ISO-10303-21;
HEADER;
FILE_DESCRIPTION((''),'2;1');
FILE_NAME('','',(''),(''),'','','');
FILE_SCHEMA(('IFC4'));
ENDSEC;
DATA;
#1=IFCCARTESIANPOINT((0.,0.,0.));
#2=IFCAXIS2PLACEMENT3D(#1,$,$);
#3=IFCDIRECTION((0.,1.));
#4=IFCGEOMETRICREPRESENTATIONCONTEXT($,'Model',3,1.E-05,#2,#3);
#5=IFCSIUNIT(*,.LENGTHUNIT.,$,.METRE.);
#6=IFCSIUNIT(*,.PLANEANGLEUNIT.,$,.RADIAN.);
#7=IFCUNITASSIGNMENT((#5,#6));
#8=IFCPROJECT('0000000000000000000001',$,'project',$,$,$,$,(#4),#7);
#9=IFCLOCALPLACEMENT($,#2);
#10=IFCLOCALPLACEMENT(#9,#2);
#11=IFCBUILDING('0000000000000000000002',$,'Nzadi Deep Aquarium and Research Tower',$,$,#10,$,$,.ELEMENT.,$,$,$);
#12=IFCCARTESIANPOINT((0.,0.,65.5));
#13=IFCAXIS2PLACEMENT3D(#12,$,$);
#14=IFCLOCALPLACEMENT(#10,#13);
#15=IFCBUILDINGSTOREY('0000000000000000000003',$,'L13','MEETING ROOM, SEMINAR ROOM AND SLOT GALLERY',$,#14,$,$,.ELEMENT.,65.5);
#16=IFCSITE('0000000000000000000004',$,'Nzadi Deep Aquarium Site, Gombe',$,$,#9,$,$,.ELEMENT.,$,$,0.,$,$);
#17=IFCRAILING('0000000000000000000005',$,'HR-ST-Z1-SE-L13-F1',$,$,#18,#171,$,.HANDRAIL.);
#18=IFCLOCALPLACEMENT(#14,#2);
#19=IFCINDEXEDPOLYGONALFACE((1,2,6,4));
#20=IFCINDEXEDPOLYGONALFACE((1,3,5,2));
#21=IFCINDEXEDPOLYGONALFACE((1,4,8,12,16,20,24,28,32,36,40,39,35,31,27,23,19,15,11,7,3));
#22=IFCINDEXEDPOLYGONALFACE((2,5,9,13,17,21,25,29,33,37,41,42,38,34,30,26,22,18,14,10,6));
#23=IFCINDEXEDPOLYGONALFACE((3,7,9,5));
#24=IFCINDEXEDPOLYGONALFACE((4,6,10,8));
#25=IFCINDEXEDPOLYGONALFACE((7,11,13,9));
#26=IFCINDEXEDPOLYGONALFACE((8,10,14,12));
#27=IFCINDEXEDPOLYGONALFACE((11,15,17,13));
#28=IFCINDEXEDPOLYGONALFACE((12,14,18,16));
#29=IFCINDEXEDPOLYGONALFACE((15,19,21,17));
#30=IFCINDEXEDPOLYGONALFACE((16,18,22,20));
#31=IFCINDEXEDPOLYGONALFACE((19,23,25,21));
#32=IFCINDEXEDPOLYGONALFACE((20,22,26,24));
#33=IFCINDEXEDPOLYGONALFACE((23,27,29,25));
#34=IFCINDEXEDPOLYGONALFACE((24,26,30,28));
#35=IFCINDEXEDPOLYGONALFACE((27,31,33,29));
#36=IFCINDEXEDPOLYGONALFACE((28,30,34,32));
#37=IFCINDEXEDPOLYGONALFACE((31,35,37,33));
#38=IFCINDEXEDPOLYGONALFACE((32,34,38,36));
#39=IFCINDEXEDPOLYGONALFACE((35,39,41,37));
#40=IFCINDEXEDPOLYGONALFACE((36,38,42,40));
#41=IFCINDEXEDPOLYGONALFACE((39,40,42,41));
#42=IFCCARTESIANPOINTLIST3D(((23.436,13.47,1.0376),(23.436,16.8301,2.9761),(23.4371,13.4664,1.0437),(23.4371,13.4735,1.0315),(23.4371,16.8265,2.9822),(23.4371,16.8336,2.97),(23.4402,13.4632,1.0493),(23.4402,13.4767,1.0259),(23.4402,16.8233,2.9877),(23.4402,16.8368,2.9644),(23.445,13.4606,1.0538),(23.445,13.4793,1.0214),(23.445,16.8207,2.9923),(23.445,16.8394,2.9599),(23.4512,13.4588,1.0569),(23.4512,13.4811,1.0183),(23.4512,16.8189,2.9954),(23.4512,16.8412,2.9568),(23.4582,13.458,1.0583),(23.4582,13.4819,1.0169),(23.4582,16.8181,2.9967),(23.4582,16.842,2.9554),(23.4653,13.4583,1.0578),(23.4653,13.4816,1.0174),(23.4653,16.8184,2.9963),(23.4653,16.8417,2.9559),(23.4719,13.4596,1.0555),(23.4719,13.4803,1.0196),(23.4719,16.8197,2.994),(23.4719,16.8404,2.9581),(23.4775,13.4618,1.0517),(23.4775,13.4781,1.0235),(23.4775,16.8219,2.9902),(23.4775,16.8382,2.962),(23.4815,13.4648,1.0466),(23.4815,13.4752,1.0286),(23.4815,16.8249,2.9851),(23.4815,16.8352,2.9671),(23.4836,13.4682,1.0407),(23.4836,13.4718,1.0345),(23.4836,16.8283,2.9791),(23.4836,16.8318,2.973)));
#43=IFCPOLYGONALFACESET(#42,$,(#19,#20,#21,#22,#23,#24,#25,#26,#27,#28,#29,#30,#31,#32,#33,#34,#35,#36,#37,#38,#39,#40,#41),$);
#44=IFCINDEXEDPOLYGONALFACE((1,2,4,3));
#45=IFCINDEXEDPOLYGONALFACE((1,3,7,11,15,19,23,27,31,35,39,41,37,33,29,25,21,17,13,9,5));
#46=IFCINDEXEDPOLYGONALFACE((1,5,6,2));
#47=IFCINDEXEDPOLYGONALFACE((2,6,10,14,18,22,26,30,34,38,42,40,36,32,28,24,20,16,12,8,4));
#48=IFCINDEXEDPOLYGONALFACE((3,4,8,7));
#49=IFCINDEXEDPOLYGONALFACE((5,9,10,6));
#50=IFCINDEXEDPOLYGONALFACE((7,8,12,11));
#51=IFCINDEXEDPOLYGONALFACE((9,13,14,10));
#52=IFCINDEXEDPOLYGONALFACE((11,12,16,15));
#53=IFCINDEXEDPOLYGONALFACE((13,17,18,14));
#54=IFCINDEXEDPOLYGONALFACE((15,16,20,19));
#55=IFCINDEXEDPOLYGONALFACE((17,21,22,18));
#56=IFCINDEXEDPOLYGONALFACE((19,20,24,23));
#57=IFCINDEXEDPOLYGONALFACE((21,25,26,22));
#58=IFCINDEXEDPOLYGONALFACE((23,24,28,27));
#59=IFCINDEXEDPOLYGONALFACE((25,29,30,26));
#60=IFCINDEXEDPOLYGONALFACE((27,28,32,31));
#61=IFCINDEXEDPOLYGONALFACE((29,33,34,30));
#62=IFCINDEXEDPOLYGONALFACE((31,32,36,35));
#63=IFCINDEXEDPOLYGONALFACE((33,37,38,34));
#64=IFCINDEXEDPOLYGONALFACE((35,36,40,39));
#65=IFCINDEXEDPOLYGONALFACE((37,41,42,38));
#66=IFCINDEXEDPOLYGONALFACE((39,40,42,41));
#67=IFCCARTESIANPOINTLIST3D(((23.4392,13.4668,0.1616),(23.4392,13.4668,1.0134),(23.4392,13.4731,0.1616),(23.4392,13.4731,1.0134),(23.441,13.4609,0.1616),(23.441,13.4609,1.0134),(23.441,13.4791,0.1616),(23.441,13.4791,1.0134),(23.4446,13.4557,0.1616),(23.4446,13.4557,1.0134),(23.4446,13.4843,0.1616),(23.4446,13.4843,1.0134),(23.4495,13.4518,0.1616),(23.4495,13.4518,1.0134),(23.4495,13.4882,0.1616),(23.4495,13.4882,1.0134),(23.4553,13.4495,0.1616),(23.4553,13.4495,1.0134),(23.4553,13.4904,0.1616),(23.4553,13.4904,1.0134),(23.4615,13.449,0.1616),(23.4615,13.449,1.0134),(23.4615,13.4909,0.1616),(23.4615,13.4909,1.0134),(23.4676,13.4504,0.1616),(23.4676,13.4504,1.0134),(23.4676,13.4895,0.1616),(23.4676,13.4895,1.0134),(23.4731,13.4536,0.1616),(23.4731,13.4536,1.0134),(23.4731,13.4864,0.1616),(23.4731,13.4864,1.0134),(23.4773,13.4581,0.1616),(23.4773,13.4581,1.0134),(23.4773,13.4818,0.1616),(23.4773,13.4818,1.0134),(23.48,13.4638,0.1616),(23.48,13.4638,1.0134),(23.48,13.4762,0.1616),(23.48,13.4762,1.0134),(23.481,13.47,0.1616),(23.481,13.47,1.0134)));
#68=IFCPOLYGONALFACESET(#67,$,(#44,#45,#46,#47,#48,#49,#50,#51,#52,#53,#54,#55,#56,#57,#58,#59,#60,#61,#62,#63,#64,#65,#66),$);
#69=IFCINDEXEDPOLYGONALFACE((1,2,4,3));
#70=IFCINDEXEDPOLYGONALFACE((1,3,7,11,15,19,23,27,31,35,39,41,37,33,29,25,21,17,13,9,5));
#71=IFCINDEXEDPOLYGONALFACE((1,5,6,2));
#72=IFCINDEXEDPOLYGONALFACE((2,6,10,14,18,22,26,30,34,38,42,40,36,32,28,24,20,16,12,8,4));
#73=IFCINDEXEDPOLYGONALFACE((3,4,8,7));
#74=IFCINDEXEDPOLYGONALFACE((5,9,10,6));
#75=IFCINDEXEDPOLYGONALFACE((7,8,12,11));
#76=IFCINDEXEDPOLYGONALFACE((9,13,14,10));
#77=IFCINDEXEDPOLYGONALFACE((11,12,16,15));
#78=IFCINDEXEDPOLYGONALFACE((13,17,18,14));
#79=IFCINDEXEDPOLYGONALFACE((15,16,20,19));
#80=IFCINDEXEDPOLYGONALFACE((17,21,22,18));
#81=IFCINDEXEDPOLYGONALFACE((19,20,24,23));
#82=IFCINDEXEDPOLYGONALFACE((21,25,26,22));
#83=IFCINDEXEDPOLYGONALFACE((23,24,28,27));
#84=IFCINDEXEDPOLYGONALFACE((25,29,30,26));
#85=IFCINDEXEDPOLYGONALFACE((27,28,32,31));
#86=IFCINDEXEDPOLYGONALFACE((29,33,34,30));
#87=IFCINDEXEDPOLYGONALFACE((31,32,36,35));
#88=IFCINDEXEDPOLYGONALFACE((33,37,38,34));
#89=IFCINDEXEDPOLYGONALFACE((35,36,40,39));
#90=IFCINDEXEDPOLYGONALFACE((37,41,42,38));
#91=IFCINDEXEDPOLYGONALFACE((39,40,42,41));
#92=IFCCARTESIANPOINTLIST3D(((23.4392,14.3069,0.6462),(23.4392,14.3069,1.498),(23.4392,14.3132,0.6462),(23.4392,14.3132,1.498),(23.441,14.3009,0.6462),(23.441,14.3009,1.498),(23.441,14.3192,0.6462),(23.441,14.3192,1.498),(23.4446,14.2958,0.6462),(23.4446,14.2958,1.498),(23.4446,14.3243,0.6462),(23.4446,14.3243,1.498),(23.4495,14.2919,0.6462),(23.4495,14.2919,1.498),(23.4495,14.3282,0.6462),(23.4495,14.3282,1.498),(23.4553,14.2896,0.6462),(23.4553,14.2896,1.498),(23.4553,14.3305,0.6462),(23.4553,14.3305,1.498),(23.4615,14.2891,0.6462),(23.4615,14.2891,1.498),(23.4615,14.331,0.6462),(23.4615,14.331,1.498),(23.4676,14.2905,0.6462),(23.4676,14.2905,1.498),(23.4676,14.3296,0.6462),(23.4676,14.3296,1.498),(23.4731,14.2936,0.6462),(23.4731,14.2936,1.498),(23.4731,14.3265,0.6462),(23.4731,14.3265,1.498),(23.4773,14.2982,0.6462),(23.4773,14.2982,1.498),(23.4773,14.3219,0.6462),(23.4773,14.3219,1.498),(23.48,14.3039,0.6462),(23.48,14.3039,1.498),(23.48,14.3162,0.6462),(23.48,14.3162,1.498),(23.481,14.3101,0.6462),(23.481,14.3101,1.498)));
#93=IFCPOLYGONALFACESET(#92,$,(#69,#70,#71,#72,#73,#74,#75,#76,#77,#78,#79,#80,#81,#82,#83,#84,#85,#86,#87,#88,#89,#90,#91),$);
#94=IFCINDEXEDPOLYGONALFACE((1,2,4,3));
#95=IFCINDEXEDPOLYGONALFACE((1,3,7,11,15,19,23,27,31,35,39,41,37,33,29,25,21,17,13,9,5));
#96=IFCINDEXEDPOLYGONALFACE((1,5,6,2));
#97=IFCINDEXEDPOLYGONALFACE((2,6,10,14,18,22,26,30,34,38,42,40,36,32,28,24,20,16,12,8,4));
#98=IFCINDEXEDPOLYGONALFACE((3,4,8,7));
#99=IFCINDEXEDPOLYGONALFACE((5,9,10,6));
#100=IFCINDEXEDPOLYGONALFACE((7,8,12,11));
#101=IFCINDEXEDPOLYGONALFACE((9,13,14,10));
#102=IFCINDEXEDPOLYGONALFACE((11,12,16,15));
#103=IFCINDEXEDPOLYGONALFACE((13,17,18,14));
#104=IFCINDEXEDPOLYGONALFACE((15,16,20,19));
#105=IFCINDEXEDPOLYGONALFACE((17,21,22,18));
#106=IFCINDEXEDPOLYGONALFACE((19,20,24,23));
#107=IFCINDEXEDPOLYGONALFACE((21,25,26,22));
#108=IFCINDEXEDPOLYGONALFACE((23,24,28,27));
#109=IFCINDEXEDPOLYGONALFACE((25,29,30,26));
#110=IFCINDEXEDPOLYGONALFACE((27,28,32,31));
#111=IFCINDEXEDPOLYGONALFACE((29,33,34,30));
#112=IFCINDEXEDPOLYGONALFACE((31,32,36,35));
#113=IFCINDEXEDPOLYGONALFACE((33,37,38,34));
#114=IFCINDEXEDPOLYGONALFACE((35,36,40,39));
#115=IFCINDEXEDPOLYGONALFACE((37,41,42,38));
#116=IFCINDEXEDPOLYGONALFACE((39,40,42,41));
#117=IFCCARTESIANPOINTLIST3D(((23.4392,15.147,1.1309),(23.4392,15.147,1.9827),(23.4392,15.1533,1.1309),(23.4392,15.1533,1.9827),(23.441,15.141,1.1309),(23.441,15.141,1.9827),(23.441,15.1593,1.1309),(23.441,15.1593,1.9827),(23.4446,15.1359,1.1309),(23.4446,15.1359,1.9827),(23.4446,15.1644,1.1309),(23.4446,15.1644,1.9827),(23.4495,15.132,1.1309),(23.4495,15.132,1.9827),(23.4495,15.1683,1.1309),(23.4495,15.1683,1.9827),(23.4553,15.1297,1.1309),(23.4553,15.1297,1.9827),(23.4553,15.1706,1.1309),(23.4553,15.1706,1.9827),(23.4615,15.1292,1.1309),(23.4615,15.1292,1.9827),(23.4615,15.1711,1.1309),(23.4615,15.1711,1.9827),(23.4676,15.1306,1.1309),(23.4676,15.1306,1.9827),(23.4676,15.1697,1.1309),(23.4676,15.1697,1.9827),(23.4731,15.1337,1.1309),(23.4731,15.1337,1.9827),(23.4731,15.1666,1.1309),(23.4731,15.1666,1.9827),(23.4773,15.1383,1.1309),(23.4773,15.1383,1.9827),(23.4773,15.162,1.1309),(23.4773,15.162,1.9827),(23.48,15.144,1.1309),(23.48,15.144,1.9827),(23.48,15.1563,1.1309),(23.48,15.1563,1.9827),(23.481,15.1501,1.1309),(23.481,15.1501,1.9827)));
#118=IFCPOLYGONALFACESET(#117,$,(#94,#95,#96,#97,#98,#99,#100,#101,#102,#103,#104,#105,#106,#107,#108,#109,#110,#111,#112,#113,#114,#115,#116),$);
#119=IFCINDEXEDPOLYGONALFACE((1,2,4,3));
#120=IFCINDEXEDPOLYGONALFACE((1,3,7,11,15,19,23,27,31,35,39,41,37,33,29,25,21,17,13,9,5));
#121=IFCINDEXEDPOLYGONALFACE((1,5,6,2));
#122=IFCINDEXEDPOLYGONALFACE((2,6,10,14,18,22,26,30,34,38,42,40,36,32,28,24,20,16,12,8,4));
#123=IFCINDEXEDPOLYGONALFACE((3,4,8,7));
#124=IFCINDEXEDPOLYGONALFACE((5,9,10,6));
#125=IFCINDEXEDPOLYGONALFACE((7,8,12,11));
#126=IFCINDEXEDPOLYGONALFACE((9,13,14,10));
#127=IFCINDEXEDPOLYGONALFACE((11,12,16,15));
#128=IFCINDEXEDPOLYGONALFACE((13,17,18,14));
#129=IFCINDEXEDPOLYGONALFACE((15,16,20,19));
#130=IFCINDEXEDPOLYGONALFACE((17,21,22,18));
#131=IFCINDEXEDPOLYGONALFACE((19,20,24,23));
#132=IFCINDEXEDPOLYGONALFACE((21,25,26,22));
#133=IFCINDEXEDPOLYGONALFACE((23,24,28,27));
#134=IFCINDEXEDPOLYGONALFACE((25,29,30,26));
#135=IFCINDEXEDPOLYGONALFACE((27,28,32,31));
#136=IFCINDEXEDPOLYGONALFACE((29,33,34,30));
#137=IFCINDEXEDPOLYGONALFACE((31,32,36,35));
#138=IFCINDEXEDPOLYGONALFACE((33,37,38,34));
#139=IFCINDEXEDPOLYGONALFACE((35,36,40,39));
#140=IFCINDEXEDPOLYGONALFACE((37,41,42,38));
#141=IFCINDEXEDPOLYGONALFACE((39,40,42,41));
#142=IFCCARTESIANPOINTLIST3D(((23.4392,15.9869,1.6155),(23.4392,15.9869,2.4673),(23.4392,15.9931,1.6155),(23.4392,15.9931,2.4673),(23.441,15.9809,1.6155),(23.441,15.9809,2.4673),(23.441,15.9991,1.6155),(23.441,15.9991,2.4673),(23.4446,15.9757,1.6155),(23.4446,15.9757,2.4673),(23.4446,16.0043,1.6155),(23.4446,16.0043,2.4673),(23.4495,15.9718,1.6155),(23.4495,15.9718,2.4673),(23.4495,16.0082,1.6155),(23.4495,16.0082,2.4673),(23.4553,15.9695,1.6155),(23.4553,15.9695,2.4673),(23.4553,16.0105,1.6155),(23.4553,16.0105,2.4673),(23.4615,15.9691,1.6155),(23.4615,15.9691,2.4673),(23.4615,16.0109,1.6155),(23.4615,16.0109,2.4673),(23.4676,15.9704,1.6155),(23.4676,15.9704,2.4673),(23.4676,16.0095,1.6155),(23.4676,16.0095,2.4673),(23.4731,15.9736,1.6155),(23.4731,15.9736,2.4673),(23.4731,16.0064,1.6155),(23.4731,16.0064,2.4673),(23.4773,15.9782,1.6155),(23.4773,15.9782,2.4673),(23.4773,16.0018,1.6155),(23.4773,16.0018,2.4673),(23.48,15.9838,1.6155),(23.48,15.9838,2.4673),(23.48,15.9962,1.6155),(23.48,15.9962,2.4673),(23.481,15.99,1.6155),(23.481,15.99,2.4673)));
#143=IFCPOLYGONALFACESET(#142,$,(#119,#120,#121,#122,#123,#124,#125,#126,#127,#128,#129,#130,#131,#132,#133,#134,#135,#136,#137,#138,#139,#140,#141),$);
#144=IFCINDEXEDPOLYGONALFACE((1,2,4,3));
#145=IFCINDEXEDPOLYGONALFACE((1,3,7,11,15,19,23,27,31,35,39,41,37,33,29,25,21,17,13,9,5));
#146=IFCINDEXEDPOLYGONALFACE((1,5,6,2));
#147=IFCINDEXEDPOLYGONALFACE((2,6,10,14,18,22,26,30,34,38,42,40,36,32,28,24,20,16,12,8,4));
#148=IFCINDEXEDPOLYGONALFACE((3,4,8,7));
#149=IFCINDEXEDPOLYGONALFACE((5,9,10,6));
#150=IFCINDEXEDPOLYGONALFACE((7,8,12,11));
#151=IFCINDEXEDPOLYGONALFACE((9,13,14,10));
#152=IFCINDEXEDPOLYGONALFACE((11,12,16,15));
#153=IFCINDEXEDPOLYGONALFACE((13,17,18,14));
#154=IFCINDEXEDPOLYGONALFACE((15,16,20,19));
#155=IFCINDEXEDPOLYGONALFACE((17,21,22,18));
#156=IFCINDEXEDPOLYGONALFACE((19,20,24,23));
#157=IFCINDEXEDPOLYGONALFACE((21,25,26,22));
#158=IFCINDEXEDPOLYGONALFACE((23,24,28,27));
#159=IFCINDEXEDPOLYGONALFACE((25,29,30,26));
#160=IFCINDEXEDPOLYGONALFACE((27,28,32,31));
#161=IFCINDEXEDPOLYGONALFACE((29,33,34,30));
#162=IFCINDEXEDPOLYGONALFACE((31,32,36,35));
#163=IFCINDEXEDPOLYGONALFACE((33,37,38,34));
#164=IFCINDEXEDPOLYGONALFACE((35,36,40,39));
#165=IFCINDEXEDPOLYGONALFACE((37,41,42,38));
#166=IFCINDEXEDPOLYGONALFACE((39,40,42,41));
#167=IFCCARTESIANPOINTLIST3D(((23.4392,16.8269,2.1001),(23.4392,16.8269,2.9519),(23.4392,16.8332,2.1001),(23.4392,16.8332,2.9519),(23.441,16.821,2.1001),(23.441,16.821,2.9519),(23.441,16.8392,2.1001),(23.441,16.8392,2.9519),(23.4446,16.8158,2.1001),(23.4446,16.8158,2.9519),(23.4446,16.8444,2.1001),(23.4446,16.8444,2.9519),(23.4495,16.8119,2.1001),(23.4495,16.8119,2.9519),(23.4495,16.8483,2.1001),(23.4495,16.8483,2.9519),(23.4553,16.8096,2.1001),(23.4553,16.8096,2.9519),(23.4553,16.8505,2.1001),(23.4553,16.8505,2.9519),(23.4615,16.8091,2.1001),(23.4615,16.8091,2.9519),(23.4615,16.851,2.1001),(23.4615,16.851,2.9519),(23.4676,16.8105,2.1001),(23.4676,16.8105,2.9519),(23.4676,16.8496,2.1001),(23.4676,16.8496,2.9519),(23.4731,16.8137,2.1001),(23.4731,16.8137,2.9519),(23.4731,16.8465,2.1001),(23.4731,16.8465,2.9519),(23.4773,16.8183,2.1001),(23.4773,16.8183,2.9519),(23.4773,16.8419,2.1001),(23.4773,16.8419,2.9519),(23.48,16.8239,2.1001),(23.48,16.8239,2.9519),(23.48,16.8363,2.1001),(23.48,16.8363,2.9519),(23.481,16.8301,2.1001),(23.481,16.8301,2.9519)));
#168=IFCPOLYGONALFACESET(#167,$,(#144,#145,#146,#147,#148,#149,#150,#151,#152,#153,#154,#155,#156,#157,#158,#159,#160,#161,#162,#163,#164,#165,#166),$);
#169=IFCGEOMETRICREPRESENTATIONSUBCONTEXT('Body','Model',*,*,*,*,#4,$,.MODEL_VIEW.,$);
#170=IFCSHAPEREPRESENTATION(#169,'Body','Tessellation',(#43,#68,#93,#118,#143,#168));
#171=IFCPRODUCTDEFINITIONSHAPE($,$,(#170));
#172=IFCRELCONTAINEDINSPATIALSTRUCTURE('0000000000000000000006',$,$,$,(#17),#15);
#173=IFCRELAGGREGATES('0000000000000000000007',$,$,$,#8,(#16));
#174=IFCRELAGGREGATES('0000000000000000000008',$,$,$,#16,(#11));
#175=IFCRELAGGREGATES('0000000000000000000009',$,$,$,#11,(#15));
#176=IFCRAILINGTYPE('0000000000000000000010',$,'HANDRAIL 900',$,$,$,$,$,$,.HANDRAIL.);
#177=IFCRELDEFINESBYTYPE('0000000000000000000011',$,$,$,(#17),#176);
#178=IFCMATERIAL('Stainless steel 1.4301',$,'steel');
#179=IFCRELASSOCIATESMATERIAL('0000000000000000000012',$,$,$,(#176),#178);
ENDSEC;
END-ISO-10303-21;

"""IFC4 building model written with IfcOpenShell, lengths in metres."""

from ifc_helpers import new_model, si_unit, direction, frame, origin, origin_2d, place, context, subcontext, project, spatial, circle, extrude, material, type_object, element, save


model = new_model("IFC4")

# Units and contexts
model_context = context("Model", 3, precision=1e-05, world=origin(), true_north=direction((0.0, 1.0)))
body_context = subcontext(model_context, "Body", "Model", "MODEL_VIEW")
ifc_project = project(units=[si_unit("LENGTHUNIT", "METRE"), si_unit("PLANEANGLEUNIT", "RADIAN")], contexts=[model_context])

# Site, building, storey
site_placement = place(None, origin())
site = spatial("IfcSite", under=ifc_project, at=site_placement, Name="Nzadi Deep Aquarium Site, Gombe", CompositionType="ELEMENT", RefElevation=0.0)
building_placement = place(site_placement, origin())
building = spatial("IfcBuilding", under=site, at=building_placement, Name="Nzadi Deep Aquarium and Research Tower", CompositionType="ELEMENT")
storey_placement = place(building_placement, frame((0.0, 0.0, 65.5)))
storey = spatial("IfcBuildingStorey", under=building, at=storey_placement, Name="L13", Description="MEETING ROOM, SEMINAR ROOM AND SLOT GALLERY", CompositionType="ELEMENT", Elevation=65.5)

# Railing
ifc_material_1 = material(Name="Stainless steel 1.4301", Category="steel")
railing_type = type_object("IfcRailingType", Name="HANDRAIL 900", PredefinedType="HANDRAIL", material=ifc_material_1)
railing_placement = place(storey_placement, frame((23.46, 13.47, 0.1616)))
element("IfcRailing", 1, at=railing_placement, inside=storey, type_object=railing_type, Name="HR-ST-Z1-SE-L13-F1", PredefinedType="HANDRAIL", context=body_context, shape_type="SweptSolid", body=[
    extrude(circle(Radius=0.0239, at=origin_2d()), frame((0.0, 0.0, 0.876), z_axis=(0.0, 0.866191, 0.499713), x_axis=(-1.0, 0.0, 0.0)), (0.0, 0.0, 1.0), 3.8792),
    extrude(circle(Radius=0.021, at=origin_2d()), origin(), (0.0, 0.0, 1.0), 0.8518),
    extrude(circle(Radius=0.021, at=origin_2d()), frame((0.0, 0.8401, 0.4846)), (0.0, 0.0, 1.0), 0.8518),
    extrude(circle(Radius=0.021, at=origin_2d()), frame((0.0, 1.6802, 0.9692)), (0.0, 0.0, 1.0), 0.8518),
    extrude(circle(Radius=0.021, at=origin_2d()), frame((0.0, 2.52, 1.4539)), (0.0, 0.0, 1.0), 0.8518),
    extrude(circle(Radius=0.021, at=origin_2d()), frame((0.0, 3.3601, 1.9385)), (0.0, 0.0, 1.0), 0.8518),
])

save(model, "model.ifc")
